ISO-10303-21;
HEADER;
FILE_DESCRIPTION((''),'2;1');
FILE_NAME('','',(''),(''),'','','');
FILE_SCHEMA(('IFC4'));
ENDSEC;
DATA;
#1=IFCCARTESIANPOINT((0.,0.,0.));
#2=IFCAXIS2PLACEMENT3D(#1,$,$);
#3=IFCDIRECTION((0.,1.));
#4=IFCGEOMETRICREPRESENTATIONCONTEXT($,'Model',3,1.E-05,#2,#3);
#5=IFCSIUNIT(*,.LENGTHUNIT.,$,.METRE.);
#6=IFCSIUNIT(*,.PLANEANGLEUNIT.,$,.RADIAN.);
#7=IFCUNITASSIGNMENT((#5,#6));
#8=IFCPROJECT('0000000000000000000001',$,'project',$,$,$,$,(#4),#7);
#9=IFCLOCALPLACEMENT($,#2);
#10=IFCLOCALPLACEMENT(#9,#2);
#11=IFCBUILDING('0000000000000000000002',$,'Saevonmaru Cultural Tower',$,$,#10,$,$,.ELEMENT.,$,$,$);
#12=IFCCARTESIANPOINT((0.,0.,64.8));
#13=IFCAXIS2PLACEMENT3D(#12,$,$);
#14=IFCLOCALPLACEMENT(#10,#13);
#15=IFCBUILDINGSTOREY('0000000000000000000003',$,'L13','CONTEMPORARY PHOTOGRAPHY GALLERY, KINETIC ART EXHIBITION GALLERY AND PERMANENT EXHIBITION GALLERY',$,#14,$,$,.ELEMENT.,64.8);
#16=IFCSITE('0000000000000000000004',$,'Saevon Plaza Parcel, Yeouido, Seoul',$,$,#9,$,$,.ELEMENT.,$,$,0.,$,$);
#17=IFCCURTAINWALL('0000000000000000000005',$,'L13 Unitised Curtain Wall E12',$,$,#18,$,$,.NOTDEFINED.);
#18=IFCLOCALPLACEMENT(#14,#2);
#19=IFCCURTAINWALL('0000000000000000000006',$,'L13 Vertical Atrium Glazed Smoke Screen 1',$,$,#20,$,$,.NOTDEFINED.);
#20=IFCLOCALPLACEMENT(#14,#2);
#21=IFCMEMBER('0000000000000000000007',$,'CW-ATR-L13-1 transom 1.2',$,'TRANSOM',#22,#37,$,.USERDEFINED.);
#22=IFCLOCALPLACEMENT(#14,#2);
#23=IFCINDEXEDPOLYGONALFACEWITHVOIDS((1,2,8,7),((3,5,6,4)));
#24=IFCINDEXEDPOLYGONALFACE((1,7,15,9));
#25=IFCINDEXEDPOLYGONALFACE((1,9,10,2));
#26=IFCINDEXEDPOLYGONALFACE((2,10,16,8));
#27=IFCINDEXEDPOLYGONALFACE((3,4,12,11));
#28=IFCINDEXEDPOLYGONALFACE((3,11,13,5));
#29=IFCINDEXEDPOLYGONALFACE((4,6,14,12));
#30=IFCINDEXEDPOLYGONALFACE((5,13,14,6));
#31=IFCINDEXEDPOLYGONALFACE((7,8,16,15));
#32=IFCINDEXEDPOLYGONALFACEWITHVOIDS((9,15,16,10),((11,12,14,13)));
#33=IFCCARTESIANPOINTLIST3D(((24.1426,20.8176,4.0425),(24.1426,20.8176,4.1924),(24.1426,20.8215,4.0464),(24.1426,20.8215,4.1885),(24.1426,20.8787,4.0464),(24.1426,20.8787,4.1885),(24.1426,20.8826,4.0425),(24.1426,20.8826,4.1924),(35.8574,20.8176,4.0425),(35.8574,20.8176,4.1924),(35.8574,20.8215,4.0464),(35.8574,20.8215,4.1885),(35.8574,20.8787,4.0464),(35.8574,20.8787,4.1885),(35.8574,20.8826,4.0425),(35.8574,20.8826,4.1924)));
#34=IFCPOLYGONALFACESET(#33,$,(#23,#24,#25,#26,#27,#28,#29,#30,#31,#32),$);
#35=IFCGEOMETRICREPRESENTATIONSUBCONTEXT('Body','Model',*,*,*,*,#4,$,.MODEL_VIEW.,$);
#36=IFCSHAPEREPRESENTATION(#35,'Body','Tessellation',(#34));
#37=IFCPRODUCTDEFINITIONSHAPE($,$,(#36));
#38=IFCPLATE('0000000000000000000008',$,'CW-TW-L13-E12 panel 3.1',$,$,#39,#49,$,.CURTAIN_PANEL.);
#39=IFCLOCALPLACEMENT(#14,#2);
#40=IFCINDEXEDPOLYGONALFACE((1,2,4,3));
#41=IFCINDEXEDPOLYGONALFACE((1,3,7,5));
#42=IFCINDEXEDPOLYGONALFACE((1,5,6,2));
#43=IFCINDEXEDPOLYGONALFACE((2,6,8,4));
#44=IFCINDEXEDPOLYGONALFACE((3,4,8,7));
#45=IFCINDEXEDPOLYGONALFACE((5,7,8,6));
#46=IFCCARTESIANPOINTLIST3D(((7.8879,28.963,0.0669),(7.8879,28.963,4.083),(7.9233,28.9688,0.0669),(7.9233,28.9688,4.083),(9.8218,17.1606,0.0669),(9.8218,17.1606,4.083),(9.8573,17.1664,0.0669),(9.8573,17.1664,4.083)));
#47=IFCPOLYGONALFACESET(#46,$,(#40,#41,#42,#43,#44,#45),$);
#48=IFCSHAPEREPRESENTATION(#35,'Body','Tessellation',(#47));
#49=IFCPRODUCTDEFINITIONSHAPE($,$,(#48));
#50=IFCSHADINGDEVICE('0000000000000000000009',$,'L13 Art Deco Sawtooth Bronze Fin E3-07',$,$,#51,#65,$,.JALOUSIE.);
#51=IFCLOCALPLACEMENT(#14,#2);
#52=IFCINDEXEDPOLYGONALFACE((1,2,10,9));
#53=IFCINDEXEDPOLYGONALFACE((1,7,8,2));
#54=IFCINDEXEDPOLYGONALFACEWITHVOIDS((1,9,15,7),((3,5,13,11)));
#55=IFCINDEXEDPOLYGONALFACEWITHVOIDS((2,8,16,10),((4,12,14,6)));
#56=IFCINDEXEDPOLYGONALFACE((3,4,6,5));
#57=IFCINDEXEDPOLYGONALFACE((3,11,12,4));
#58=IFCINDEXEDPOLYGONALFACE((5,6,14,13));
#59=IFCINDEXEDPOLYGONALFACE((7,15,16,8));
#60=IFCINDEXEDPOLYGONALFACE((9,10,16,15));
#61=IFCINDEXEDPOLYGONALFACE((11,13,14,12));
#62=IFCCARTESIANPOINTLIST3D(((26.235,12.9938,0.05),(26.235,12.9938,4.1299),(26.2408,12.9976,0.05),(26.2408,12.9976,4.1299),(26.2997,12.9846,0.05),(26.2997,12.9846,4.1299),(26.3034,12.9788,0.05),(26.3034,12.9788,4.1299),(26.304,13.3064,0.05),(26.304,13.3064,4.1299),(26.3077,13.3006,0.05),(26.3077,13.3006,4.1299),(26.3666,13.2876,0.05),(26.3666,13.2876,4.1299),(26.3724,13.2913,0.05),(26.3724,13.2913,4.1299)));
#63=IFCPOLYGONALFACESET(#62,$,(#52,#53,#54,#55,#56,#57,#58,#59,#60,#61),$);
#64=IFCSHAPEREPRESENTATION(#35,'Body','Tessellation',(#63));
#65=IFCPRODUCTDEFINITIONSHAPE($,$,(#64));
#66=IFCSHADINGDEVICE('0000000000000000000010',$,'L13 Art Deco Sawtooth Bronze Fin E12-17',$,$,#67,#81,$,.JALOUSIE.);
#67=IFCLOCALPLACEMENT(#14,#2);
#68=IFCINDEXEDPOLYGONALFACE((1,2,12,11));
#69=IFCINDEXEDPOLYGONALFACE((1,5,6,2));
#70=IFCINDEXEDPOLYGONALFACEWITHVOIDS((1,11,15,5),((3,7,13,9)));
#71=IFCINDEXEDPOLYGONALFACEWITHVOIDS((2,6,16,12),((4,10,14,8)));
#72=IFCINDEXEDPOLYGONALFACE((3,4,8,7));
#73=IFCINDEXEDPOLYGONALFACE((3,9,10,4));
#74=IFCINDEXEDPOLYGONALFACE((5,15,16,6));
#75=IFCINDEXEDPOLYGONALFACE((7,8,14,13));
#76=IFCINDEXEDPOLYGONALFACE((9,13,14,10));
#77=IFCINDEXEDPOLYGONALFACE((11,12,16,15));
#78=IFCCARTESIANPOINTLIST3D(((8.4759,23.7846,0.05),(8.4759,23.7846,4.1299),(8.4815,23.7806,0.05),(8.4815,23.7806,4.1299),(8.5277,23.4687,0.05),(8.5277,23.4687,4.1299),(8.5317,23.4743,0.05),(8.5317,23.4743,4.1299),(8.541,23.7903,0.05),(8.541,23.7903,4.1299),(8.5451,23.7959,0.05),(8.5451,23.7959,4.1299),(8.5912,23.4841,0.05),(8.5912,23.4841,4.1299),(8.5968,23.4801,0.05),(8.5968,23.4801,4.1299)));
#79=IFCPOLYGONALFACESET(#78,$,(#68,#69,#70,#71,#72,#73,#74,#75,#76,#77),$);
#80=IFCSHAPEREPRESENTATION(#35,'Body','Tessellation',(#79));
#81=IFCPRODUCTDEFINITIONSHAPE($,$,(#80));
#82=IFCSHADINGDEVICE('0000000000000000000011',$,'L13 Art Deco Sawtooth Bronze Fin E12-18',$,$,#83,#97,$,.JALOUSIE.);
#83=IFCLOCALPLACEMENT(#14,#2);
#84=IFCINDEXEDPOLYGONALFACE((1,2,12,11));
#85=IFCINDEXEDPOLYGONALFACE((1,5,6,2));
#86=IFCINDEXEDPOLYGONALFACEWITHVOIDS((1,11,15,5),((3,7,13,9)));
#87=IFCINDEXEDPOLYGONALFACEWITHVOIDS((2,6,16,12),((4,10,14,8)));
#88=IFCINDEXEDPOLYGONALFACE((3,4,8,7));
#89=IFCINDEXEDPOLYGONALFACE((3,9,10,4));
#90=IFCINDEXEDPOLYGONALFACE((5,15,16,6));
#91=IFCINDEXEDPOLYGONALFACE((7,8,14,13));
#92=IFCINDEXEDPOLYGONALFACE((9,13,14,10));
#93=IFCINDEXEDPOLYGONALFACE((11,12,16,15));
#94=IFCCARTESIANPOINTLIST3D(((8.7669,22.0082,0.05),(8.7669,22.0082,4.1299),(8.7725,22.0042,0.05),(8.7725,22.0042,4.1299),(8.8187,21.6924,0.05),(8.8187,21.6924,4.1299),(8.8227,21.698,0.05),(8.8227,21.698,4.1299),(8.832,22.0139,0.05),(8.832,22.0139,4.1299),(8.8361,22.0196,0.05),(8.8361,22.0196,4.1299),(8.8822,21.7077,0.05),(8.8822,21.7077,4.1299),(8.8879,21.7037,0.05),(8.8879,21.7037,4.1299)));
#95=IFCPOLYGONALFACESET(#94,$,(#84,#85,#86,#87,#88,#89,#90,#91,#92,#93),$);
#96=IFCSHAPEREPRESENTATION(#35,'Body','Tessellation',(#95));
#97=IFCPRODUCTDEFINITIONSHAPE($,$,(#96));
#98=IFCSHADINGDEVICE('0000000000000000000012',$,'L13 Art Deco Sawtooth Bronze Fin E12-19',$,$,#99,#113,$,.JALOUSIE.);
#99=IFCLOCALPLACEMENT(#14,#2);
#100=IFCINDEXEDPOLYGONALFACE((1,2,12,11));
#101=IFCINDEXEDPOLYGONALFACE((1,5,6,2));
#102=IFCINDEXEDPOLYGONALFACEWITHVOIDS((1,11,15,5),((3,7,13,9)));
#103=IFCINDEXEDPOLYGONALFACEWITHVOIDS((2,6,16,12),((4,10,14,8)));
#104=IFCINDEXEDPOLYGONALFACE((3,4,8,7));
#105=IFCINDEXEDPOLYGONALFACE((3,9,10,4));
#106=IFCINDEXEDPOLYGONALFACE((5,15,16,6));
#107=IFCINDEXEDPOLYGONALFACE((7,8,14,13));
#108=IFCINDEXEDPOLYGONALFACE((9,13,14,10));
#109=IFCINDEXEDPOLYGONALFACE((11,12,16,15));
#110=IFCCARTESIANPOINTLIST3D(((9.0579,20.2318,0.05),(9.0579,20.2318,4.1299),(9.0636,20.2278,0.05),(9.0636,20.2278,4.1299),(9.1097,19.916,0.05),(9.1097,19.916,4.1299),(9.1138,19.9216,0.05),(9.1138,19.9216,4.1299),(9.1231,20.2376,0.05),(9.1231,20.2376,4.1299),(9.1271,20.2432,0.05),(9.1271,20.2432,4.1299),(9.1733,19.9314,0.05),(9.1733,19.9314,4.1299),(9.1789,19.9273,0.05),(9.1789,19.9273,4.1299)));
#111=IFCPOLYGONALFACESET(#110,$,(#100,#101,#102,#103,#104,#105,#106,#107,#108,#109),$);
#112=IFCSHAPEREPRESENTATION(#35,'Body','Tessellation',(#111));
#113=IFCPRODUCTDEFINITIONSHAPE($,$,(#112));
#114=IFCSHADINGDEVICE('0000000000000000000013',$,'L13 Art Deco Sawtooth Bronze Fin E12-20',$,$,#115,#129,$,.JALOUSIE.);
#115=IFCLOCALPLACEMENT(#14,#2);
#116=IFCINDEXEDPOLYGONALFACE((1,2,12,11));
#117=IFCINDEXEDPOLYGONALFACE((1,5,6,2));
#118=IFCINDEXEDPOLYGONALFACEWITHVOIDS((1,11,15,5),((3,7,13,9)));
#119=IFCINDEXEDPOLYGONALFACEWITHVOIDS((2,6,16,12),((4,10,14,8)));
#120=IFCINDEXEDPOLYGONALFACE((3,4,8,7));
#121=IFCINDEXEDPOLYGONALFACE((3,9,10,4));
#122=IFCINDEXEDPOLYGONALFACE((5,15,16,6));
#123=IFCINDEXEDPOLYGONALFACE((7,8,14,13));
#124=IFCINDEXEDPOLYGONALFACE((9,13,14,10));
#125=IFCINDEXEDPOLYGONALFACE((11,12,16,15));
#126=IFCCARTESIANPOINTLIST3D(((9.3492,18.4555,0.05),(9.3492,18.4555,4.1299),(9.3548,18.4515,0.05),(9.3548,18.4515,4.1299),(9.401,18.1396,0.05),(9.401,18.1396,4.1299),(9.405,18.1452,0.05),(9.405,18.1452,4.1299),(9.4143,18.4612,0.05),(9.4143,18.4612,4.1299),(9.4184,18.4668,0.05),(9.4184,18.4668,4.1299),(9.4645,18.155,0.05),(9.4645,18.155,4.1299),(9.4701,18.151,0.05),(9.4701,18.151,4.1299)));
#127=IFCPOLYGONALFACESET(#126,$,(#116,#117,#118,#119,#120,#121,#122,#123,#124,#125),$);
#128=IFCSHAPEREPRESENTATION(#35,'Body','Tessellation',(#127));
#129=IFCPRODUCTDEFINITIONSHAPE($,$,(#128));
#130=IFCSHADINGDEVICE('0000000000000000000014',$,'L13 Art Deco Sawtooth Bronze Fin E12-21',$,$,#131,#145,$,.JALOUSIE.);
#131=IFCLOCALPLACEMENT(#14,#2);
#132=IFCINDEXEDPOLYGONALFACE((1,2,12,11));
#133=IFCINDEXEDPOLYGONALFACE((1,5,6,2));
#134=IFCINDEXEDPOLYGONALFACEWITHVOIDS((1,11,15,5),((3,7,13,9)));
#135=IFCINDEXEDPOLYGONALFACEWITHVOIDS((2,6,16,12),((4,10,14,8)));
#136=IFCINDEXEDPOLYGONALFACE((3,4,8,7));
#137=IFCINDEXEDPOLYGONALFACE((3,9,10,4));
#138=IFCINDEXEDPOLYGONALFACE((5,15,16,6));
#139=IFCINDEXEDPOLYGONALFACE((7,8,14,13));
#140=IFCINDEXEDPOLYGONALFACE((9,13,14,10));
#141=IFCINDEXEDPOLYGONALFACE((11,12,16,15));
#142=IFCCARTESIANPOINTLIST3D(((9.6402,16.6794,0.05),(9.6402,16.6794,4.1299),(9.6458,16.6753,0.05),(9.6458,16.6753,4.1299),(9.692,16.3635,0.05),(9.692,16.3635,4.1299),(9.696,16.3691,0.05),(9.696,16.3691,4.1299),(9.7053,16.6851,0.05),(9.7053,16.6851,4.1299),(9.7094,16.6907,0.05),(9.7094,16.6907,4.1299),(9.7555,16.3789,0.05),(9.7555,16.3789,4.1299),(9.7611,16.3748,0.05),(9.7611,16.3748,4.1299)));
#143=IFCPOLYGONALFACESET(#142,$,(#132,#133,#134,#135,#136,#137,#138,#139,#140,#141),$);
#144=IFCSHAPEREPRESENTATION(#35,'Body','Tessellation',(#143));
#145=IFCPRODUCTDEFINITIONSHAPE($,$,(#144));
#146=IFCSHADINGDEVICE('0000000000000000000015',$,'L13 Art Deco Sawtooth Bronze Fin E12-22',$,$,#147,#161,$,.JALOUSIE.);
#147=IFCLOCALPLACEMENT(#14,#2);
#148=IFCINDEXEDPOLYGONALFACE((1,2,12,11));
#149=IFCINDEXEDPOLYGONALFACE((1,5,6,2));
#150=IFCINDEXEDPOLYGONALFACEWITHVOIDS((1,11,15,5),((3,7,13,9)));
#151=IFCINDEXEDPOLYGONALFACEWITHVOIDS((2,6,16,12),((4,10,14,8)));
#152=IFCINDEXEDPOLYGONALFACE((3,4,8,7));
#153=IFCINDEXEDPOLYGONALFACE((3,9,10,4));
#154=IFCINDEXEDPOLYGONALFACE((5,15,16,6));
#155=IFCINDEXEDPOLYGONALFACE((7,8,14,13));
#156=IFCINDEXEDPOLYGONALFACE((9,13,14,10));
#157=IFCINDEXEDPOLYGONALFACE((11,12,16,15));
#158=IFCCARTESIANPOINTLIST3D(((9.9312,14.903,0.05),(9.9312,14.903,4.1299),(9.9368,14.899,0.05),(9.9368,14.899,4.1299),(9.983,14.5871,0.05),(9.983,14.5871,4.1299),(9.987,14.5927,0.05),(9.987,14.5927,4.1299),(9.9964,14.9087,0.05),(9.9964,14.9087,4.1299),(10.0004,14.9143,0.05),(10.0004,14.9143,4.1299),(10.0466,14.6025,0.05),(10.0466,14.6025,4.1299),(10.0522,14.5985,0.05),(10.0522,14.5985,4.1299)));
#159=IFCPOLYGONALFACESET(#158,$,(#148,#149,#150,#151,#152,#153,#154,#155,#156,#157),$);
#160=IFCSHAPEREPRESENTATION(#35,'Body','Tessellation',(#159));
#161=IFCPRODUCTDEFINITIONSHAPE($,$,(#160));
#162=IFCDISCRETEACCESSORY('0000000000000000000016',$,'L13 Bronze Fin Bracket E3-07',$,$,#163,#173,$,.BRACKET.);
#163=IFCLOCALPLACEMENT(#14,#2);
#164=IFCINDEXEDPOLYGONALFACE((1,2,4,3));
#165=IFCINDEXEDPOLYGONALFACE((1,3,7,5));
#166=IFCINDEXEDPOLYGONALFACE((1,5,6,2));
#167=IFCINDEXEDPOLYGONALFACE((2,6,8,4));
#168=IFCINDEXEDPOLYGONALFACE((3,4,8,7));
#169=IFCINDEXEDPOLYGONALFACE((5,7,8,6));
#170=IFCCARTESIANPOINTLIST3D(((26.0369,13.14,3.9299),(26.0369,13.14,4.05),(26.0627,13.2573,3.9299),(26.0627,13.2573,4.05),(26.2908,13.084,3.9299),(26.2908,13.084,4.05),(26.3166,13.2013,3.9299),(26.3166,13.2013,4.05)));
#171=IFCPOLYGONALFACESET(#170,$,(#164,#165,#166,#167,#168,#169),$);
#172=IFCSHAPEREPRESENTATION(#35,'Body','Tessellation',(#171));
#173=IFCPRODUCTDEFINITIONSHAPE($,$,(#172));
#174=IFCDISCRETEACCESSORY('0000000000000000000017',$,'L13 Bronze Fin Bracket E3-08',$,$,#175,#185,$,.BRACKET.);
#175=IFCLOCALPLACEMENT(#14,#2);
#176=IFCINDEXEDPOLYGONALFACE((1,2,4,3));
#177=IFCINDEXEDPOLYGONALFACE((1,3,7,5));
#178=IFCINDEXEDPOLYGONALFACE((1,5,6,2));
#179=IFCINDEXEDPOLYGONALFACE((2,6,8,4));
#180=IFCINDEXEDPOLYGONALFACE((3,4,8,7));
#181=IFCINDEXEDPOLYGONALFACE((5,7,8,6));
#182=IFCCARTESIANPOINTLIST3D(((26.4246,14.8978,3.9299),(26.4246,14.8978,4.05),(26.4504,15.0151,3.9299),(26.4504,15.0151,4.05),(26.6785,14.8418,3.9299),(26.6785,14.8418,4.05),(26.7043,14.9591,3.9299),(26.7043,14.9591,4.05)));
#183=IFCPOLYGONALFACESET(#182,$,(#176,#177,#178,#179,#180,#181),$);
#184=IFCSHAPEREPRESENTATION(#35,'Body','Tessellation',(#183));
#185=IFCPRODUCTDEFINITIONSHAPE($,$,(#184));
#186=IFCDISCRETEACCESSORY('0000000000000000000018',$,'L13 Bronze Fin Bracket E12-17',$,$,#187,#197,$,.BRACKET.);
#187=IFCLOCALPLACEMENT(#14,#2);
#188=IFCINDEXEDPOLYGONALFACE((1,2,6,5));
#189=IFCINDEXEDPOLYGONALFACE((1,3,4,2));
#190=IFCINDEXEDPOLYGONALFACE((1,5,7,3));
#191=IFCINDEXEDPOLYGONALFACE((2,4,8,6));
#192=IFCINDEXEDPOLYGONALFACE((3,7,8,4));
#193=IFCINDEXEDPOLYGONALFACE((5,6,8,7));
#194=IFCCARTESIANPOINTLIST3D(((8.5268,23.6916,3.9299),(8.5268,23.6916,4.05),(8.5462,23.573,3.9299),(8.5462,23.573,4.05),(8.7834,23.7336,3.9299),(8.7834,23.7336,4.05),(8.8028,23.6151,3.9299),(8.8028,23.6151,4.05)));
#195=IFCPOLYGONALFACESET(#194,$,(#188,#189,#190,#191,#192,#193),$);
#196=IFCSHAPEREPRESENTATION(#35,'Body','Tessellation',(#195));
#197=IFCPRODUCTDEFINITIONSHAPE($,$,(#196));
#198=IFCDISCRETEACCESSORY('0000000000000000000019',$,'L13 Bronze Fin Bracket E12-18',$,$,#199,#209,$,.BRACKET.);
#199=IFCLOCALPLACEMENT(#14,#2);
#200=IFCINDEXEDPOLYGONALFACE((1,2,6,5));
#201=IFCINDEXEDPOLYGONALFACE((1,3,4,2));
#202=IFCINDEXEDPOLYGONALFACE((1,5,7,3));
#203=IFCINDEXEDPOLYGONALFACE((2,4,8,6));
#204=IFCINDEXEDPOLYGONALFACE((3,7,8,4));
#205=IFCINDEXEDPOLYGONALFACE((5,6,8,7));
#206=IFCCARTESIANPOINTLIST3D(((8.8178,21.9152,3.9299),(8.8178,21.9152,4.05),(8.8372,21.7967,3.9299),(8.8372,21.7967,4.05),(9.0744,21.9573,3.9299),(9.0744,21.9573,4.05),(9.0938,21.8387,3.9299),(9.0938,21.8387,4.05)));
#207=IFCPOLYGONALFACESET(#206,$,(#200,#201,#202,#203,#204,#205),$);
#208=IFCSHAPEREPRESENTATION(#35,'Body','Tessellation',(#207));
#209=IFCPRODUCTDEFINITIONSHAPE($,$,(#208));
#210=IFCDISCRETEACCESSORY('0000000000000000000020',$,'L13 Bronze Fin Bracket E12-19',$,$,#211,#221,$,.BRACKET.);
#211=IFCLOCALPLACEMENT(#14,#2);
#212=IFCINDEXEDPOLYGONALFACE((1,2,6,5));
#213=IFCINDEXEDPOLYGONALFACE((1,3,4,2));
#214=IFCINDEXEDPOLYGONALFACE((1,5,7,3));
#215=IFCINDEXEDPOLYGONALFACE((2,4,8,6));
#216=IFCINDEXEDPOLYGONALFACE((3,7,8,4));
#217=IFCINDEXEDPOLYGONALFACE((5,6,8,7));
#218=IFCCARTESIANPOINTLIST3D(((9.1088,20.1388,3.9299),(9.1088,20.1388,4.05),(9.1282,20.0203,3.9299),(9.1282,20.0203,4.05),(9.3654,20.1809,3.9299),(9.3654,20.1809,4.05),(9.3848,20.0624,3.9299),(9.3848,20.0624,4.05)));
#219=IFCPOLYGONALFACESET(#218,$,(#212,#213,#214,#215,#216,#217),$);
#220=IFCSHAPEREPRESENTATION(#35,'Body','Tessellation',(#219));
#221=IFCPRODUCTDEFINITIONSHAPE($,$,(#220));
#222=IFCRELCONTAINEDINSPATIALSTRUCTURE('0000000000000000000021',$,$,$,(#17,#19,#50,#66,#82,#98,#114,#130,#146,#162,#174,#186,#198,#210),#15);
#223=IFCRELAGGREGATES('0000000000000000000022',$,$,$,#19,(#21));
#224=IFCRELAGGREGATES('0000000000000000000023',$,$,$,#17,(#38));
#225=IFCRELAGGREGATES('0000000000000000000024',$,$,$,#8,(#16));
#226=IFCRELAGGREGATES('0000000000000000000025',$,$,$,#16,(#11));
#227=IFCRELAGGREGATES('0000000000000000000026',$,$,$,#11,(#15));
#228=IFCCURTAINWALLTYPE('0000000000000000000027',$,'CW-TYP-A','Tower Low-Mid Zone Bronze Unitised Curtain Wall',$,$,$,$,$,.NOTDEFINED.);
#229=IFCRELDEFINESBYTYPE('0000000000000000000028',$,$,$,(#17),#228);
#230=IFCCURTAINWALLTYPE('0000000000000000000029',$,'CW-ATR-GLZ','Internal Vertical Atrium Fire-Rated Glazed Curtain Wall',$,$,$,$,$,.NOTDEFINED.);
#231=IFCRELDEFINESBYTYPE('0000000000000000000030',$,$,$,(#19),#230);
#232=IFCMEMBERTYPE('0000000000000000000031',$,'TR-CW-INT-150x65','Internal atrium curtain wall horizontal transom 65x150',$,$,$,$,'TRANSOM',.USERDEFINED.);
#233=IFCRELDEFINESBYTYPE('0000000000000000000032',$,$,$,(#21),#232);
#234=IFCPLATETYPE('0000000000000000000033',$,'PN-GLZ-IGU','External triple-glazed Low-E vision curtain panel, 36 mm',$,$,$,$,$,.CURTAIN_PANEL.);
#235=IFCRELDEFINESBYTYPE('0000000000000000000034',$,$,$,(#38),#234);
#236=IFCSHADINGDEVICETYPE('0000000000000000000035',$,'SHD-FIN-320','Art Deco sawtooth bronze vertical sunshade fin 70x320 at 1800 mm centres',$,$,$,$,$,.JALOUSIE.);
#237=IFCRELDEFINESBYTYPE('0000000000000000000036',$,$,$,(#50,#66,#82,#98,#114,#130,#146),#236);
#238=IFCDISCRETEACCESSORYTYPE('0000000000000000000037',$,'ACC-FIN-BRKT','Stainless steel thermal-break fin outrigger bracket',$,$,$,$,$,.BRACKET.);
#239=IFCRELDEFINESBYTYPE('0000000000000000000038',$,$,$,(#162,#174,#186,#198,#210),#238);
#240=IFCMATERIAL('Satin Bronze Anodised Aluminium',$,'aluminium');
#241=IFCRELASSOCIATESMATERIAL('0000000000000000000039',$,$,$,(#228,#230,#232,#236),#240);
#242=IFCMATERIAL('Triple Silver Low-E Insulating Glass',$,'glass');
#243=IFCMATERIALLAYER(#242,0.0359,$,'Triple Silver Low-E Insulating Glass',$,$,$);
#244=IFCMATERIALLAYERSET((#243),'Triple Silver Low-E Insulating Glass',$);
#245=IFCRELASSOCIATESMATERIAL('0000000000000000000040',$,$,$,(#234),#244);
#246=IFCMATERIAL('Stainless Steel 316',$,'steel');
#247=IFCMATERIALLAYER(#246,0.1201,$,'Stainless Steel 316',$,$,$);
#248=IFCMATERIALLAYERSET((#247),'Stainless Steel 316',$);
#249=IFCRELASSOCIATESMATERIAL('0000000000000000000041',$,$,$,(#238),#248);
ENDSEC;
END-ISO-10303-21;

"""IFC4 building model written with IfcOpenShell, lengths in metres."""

from ifc_helpers import new_model, si_unit, direction, frame, origin, origin_2d, place, context, subcontext, project, spatial, rectangle, hollow_rectangle, extrude, material, layer, layer_set, material_profile, profile_set, type_object, element, aggregate, save


model = new_model("IFC4")

# Units and contexts
model_context = context("Model", 3, precision=1e-05, world=origin(), true_north=direction((0.0, 1.0)))
body_context = subcontext(model_context, "Body", "Model", "MODEL_VIEW")
ifc_project = project(units=[si_unit("LENGTHUNIT", "METRE"), si_unit("PLANEANGLEUNIT", "RADIAN")], contexts=[model_context])

# Site, building, storey
site_placement = place(None, origin())
site = spatial("IfcSite", under=ifc_project, at=site_placement, Name="Saevon Plaza Parcel, Yeouido, Seoul", CompositionType="ELEMENT", RefElevation=0.0)
building_placement = place(site_placement, origin())
building = spatial("IfcBuilding", under=site, at=building_placement, Name="Saevonmaru Cultural Tower", CompositionType="ELEMENT")
storey_placement = place(building_placement, frame((0.0, 0.0, 64.8)))
storey = spatial("IfcBuildingStorey", under=building, at=storey_placement, Name="L13", Description="CONTEMPORARY PHOTOGRAPHY GALLERY, KINETIC ART EXHIBITION GALLERY AND PERMANENT EXHIBITION GALLERY", CompositionType="ELEMENT", Elevation=64.8)

# Curtain walls
ifc_material_1 = material(Name="Satin Bronze Anodised Aluminium", Category="aluminium")
curtain_wall_type_1 = type_object("IfcCurtainWallType", Name="CW-TYP-A", Description="Tower Low-Mid Zone Bronze Unitised Curtain Wall", PredefinedType="NOTDEFINED", material=ifc_material_1)
curtain_wall_1_placement = place(storey_placement, origin())
curtain_wall_1 = element("IfcCurtainWall", 1, at=curtain_wall_1_placement, inside=storey, type_object=curtain_wall_type_1, Name="L13 Unitised Curtain Wall E12", PredefinedType="NOTDEFINED")
curtain_wall_type_2 = type_object("IfcCurtainWallType", Name="CW-ATR-GLZ", Description="Internal Vertical Atrium Fire-Rated Glazed Curtain Wall", PredefinedType="NOTDEFINED", material=ifc_material_1)
curtain_wall_2_placement = place(storey_placement, origin())
curtain_wall_2 = element("IfcCurtainWall", 2, at=curtain_wall_2_placement, inside=storey, type_object=curtain_wall_type_2, Name="L13 Vertical Atrium Glazed Smoke Screen 1", PredefinedType="NOTDEFINED")

# Member
ifc_material_profile_1 = material_profile(ifc_material_1, hollow_rectangle(XDim=0.0649, YDim=0.1499, WallThickness=0.0039, at=origin_2d()), Name="ALU-TRAN-150x65x4")
ifc_profile_set_1 = profile_set([ifc_material_profile_1], Name="Satin Bronze Anodised Aluminium")
member_type_1 = type_object("IfcMemberType", Name="TR-CW-INT-150x65", Description="Internal atrium curtain wall horizontal transom 65x150", ElementType="TRANSOM", PredefinedType="USERDEFINED", material=ifc_profile_set_1)
member_1_placement = place(storey_placement, frame((24.1426, 20.8501, 4.1174), z_axis=(1.0, 0.0, 0.0), x_axis=(0.0, 1.0, 0.0)))
member_1 = element("IfcMember", 3, at=member_1_placement, type_object=member_type_1, Name="CW-ATR-L13-1 transom 1.2", ObjectType="TRANSOM", PredefinedType="USERDEFINED", context=body_context, shape_type="SweptSolid", body=[
    extrude(hollow_rectangle(XDim=0.0649, YDim=0.1499, WallThickness=0.0039, at=origin_2d()), origin(), (0.0, 0.0, 1.0), 11.7148),
])
aggregate(curtain_wall_2, [member_1])

# Plate
ifc_material_2 = material(Name="Triple Silver Low-E Insulating Glass", Category="glass")
ifc_layer_1 = layer(ifc_material_2, 0.0359, Name="Triple Silver Low-E Insulating Glass")
ifc_layer_set_1 = layer_set([ifc_layer_1], Name="Triple Silver Low-E Insulating Glass")
plate_type = type_object("IfcPlateType", Name="PN-GLZ-IGU", Description="External triple-glazed Low-E vision curtain panel, 36 mm", PredefinedType="CURTAIN_PANEL", material=ifc_layer_set_1)
plate_placement = place(storey_placement, frame((8.8726, 23.0647, 0.0669), z_axis=(0.0, 0.0, 1.0), x_axis=(0.161709, -0.986839, 0.0)))
plate = element("IfcPlate", 4, at=plate_placement, type_object=plate_type, Name="CW-TW-L13-E12 panel 3.1", PredefinedType="CURTAIN_PANEL", context=body_context, shape_type="SweptSolid", body=[
    extrude(rectangle(XDim=11.9597, YDim=0.0359, at=origin_2d()), origin(), (0.0, 0.0, 1.0), 4.0161),
])
aggregate(curtain_wall_1, [plate])

# Shading devices
ifc_material_profile_2 = material_profile(ifc_material_1, hollow_rectangle(XDim=0.0701, YDim=0.3201, WallThickness=0.0049, at=origin_2d()), Name="FIN-320x70")
ifc_profile_set_2 = profile_set([ifc_material_profile_2], Name="Satin Bronze Anodised Aluminium")
shading_device_type = type_object("IfcShadingDeviceType", Name="SHD-FIN-320", Description="Art Deco sawtooth bronze vertical sunshade fin 70x320 at 1800 mm centres", PredefinedType="JALOUSIE", material=ifc_profile_set_2)
for number, where, z_axis, x_axis, name in (
    (5, (26.3037, 13.1426, 0.05), (0.0, 0.0, 1.0), (0.976522, -0.215417, 0.0), "L13 Art Deco Sawtooth Bronze Fin E3-07"),
    (6, (8.5364, 23.6323, 0.05), (0.0, 0.0, 1.0), (-0.986827, -0.161776, 0.0), "L13 Art Deco Sawtooth Bronze Fin E12-17"),
    (7, (8.8274, 21.856, 0.05), (0.0, 0.0, 1.0), (-0.986827, -0.161776, 0.0), "L13 Art Deco Sawtooth Bronze Fin E12-18"),
    (8, (9.1184, 20.0796, 0.05), (0.0, 0.0, 1.0), (-0.986827, -0.161776, 0.0), "L13 Art Deco Sawtooth Bronze Fin E12-19"),
    (9, (9.4097, 18.3032, 0.05), (0.0, 0.0, 1.0), (-0.986827, -0.161776, 0.0), "L13 Art Deco Sawtooth Bronze Fin E12-20"),
    (10, (9.7007, 16.5271, 0.05), (0.0, 0.0, 1.0), (-0.986827, -0.161776, 0.0), "L13 Art Deco Sawtooth Bronze Fin E12-21"),
    (11, (9.9917, 14.7507, 0.05), (0.0, 0.0, 1.0), (-0.986827, -0.161776, 0.0), "L13 Art Deco Sawtooth Bronze Fin E12-22"),
):
    element("IfcShadingDevice", number, at=place(storey_placement, frame(where, z_axis=z_axis, x_axis=x_axis)), inside=storey, type_object=shading_device_type, Name=name, PredefinedType="JALOUSIE", context=body_context, shape_type="SweptSolid", body=[
        extrude(hollow_rectangle(XDim=0.0701, YDim=0.3201, WallThickness=0.0049, at=origin_2d()), origin(), (0.0, 0.0, 1.0), 4.0798),
    ])

# Discrete accessories
ifc_material_3 = material(Name="Stainless Steel 316", Category="steel")
ifc_layer_2 = layer(ifc_material_3, 0.1201, Name="Stainless Steel 316")
ifc_layer_set_2 = layer_set([ifc_layer_2], Name="Stainless Steel 316")
discrete_accessory_type = type_object("IfcDiscreteAccessoryType", Name="ACC-FIN-BRKT", Description="Stainless steel thermal-break fin outrigger bracket", PredefinedType="BRACKET", material=ifc_layer_set_2)
for number, where, z_axis, x_axis, name in (
    (12, (26.1768, 13.1707, 3.9299), (0.0, 0.0, 1.0), (0.976522, -0.215417, 0.0), "L13 Bronze Fin Bracket E3-07"),
    (13, (26.5645, 14.9285, 3.9299), (0.0, 0.0, 1.0), (0.976522, -0.215417, 0.0), "L13 Bronze Fin Bracket E3-08"),
    (14, (8.6648, 23.6533, 3.9299), (0.0, 0.0, 1.0), (-0.986827, -0.161776, 0.0), "L13 Bronze Fin Bracket E12-17"),
    (15, (8.9558, 21.877, 3.9299), (0.0, 0.0, 1.0), (-0.986827, -0.161776, 0.0), "L13 Bronze Fin Bracket E12-18"),
    (16, (9.2468, 20.1006, 3.9299), (0.0, 0.0, 1.0), (-0.986827, -0.161776, 0.0), "L13 Bronze Fin Bracket E12-19"),
):
    element("IfcDiscreteAccessory", number, at=place(storey_placement, frame(where, z_axis=z_axis, x_axis=x_axis)), inside=storey, type_object=discrete_accessory_type, Name=name, PredefinedType="BRACKET", context=body_context, shape_type="SweptSolid", body=[
        extrude(rectangle(XDim=0.26, YDim=0.1201, at=origin_2d()), origin(), (0.0, 0.0, 1.0), 0.1201),
    ])

save(model, "model.ifc")
